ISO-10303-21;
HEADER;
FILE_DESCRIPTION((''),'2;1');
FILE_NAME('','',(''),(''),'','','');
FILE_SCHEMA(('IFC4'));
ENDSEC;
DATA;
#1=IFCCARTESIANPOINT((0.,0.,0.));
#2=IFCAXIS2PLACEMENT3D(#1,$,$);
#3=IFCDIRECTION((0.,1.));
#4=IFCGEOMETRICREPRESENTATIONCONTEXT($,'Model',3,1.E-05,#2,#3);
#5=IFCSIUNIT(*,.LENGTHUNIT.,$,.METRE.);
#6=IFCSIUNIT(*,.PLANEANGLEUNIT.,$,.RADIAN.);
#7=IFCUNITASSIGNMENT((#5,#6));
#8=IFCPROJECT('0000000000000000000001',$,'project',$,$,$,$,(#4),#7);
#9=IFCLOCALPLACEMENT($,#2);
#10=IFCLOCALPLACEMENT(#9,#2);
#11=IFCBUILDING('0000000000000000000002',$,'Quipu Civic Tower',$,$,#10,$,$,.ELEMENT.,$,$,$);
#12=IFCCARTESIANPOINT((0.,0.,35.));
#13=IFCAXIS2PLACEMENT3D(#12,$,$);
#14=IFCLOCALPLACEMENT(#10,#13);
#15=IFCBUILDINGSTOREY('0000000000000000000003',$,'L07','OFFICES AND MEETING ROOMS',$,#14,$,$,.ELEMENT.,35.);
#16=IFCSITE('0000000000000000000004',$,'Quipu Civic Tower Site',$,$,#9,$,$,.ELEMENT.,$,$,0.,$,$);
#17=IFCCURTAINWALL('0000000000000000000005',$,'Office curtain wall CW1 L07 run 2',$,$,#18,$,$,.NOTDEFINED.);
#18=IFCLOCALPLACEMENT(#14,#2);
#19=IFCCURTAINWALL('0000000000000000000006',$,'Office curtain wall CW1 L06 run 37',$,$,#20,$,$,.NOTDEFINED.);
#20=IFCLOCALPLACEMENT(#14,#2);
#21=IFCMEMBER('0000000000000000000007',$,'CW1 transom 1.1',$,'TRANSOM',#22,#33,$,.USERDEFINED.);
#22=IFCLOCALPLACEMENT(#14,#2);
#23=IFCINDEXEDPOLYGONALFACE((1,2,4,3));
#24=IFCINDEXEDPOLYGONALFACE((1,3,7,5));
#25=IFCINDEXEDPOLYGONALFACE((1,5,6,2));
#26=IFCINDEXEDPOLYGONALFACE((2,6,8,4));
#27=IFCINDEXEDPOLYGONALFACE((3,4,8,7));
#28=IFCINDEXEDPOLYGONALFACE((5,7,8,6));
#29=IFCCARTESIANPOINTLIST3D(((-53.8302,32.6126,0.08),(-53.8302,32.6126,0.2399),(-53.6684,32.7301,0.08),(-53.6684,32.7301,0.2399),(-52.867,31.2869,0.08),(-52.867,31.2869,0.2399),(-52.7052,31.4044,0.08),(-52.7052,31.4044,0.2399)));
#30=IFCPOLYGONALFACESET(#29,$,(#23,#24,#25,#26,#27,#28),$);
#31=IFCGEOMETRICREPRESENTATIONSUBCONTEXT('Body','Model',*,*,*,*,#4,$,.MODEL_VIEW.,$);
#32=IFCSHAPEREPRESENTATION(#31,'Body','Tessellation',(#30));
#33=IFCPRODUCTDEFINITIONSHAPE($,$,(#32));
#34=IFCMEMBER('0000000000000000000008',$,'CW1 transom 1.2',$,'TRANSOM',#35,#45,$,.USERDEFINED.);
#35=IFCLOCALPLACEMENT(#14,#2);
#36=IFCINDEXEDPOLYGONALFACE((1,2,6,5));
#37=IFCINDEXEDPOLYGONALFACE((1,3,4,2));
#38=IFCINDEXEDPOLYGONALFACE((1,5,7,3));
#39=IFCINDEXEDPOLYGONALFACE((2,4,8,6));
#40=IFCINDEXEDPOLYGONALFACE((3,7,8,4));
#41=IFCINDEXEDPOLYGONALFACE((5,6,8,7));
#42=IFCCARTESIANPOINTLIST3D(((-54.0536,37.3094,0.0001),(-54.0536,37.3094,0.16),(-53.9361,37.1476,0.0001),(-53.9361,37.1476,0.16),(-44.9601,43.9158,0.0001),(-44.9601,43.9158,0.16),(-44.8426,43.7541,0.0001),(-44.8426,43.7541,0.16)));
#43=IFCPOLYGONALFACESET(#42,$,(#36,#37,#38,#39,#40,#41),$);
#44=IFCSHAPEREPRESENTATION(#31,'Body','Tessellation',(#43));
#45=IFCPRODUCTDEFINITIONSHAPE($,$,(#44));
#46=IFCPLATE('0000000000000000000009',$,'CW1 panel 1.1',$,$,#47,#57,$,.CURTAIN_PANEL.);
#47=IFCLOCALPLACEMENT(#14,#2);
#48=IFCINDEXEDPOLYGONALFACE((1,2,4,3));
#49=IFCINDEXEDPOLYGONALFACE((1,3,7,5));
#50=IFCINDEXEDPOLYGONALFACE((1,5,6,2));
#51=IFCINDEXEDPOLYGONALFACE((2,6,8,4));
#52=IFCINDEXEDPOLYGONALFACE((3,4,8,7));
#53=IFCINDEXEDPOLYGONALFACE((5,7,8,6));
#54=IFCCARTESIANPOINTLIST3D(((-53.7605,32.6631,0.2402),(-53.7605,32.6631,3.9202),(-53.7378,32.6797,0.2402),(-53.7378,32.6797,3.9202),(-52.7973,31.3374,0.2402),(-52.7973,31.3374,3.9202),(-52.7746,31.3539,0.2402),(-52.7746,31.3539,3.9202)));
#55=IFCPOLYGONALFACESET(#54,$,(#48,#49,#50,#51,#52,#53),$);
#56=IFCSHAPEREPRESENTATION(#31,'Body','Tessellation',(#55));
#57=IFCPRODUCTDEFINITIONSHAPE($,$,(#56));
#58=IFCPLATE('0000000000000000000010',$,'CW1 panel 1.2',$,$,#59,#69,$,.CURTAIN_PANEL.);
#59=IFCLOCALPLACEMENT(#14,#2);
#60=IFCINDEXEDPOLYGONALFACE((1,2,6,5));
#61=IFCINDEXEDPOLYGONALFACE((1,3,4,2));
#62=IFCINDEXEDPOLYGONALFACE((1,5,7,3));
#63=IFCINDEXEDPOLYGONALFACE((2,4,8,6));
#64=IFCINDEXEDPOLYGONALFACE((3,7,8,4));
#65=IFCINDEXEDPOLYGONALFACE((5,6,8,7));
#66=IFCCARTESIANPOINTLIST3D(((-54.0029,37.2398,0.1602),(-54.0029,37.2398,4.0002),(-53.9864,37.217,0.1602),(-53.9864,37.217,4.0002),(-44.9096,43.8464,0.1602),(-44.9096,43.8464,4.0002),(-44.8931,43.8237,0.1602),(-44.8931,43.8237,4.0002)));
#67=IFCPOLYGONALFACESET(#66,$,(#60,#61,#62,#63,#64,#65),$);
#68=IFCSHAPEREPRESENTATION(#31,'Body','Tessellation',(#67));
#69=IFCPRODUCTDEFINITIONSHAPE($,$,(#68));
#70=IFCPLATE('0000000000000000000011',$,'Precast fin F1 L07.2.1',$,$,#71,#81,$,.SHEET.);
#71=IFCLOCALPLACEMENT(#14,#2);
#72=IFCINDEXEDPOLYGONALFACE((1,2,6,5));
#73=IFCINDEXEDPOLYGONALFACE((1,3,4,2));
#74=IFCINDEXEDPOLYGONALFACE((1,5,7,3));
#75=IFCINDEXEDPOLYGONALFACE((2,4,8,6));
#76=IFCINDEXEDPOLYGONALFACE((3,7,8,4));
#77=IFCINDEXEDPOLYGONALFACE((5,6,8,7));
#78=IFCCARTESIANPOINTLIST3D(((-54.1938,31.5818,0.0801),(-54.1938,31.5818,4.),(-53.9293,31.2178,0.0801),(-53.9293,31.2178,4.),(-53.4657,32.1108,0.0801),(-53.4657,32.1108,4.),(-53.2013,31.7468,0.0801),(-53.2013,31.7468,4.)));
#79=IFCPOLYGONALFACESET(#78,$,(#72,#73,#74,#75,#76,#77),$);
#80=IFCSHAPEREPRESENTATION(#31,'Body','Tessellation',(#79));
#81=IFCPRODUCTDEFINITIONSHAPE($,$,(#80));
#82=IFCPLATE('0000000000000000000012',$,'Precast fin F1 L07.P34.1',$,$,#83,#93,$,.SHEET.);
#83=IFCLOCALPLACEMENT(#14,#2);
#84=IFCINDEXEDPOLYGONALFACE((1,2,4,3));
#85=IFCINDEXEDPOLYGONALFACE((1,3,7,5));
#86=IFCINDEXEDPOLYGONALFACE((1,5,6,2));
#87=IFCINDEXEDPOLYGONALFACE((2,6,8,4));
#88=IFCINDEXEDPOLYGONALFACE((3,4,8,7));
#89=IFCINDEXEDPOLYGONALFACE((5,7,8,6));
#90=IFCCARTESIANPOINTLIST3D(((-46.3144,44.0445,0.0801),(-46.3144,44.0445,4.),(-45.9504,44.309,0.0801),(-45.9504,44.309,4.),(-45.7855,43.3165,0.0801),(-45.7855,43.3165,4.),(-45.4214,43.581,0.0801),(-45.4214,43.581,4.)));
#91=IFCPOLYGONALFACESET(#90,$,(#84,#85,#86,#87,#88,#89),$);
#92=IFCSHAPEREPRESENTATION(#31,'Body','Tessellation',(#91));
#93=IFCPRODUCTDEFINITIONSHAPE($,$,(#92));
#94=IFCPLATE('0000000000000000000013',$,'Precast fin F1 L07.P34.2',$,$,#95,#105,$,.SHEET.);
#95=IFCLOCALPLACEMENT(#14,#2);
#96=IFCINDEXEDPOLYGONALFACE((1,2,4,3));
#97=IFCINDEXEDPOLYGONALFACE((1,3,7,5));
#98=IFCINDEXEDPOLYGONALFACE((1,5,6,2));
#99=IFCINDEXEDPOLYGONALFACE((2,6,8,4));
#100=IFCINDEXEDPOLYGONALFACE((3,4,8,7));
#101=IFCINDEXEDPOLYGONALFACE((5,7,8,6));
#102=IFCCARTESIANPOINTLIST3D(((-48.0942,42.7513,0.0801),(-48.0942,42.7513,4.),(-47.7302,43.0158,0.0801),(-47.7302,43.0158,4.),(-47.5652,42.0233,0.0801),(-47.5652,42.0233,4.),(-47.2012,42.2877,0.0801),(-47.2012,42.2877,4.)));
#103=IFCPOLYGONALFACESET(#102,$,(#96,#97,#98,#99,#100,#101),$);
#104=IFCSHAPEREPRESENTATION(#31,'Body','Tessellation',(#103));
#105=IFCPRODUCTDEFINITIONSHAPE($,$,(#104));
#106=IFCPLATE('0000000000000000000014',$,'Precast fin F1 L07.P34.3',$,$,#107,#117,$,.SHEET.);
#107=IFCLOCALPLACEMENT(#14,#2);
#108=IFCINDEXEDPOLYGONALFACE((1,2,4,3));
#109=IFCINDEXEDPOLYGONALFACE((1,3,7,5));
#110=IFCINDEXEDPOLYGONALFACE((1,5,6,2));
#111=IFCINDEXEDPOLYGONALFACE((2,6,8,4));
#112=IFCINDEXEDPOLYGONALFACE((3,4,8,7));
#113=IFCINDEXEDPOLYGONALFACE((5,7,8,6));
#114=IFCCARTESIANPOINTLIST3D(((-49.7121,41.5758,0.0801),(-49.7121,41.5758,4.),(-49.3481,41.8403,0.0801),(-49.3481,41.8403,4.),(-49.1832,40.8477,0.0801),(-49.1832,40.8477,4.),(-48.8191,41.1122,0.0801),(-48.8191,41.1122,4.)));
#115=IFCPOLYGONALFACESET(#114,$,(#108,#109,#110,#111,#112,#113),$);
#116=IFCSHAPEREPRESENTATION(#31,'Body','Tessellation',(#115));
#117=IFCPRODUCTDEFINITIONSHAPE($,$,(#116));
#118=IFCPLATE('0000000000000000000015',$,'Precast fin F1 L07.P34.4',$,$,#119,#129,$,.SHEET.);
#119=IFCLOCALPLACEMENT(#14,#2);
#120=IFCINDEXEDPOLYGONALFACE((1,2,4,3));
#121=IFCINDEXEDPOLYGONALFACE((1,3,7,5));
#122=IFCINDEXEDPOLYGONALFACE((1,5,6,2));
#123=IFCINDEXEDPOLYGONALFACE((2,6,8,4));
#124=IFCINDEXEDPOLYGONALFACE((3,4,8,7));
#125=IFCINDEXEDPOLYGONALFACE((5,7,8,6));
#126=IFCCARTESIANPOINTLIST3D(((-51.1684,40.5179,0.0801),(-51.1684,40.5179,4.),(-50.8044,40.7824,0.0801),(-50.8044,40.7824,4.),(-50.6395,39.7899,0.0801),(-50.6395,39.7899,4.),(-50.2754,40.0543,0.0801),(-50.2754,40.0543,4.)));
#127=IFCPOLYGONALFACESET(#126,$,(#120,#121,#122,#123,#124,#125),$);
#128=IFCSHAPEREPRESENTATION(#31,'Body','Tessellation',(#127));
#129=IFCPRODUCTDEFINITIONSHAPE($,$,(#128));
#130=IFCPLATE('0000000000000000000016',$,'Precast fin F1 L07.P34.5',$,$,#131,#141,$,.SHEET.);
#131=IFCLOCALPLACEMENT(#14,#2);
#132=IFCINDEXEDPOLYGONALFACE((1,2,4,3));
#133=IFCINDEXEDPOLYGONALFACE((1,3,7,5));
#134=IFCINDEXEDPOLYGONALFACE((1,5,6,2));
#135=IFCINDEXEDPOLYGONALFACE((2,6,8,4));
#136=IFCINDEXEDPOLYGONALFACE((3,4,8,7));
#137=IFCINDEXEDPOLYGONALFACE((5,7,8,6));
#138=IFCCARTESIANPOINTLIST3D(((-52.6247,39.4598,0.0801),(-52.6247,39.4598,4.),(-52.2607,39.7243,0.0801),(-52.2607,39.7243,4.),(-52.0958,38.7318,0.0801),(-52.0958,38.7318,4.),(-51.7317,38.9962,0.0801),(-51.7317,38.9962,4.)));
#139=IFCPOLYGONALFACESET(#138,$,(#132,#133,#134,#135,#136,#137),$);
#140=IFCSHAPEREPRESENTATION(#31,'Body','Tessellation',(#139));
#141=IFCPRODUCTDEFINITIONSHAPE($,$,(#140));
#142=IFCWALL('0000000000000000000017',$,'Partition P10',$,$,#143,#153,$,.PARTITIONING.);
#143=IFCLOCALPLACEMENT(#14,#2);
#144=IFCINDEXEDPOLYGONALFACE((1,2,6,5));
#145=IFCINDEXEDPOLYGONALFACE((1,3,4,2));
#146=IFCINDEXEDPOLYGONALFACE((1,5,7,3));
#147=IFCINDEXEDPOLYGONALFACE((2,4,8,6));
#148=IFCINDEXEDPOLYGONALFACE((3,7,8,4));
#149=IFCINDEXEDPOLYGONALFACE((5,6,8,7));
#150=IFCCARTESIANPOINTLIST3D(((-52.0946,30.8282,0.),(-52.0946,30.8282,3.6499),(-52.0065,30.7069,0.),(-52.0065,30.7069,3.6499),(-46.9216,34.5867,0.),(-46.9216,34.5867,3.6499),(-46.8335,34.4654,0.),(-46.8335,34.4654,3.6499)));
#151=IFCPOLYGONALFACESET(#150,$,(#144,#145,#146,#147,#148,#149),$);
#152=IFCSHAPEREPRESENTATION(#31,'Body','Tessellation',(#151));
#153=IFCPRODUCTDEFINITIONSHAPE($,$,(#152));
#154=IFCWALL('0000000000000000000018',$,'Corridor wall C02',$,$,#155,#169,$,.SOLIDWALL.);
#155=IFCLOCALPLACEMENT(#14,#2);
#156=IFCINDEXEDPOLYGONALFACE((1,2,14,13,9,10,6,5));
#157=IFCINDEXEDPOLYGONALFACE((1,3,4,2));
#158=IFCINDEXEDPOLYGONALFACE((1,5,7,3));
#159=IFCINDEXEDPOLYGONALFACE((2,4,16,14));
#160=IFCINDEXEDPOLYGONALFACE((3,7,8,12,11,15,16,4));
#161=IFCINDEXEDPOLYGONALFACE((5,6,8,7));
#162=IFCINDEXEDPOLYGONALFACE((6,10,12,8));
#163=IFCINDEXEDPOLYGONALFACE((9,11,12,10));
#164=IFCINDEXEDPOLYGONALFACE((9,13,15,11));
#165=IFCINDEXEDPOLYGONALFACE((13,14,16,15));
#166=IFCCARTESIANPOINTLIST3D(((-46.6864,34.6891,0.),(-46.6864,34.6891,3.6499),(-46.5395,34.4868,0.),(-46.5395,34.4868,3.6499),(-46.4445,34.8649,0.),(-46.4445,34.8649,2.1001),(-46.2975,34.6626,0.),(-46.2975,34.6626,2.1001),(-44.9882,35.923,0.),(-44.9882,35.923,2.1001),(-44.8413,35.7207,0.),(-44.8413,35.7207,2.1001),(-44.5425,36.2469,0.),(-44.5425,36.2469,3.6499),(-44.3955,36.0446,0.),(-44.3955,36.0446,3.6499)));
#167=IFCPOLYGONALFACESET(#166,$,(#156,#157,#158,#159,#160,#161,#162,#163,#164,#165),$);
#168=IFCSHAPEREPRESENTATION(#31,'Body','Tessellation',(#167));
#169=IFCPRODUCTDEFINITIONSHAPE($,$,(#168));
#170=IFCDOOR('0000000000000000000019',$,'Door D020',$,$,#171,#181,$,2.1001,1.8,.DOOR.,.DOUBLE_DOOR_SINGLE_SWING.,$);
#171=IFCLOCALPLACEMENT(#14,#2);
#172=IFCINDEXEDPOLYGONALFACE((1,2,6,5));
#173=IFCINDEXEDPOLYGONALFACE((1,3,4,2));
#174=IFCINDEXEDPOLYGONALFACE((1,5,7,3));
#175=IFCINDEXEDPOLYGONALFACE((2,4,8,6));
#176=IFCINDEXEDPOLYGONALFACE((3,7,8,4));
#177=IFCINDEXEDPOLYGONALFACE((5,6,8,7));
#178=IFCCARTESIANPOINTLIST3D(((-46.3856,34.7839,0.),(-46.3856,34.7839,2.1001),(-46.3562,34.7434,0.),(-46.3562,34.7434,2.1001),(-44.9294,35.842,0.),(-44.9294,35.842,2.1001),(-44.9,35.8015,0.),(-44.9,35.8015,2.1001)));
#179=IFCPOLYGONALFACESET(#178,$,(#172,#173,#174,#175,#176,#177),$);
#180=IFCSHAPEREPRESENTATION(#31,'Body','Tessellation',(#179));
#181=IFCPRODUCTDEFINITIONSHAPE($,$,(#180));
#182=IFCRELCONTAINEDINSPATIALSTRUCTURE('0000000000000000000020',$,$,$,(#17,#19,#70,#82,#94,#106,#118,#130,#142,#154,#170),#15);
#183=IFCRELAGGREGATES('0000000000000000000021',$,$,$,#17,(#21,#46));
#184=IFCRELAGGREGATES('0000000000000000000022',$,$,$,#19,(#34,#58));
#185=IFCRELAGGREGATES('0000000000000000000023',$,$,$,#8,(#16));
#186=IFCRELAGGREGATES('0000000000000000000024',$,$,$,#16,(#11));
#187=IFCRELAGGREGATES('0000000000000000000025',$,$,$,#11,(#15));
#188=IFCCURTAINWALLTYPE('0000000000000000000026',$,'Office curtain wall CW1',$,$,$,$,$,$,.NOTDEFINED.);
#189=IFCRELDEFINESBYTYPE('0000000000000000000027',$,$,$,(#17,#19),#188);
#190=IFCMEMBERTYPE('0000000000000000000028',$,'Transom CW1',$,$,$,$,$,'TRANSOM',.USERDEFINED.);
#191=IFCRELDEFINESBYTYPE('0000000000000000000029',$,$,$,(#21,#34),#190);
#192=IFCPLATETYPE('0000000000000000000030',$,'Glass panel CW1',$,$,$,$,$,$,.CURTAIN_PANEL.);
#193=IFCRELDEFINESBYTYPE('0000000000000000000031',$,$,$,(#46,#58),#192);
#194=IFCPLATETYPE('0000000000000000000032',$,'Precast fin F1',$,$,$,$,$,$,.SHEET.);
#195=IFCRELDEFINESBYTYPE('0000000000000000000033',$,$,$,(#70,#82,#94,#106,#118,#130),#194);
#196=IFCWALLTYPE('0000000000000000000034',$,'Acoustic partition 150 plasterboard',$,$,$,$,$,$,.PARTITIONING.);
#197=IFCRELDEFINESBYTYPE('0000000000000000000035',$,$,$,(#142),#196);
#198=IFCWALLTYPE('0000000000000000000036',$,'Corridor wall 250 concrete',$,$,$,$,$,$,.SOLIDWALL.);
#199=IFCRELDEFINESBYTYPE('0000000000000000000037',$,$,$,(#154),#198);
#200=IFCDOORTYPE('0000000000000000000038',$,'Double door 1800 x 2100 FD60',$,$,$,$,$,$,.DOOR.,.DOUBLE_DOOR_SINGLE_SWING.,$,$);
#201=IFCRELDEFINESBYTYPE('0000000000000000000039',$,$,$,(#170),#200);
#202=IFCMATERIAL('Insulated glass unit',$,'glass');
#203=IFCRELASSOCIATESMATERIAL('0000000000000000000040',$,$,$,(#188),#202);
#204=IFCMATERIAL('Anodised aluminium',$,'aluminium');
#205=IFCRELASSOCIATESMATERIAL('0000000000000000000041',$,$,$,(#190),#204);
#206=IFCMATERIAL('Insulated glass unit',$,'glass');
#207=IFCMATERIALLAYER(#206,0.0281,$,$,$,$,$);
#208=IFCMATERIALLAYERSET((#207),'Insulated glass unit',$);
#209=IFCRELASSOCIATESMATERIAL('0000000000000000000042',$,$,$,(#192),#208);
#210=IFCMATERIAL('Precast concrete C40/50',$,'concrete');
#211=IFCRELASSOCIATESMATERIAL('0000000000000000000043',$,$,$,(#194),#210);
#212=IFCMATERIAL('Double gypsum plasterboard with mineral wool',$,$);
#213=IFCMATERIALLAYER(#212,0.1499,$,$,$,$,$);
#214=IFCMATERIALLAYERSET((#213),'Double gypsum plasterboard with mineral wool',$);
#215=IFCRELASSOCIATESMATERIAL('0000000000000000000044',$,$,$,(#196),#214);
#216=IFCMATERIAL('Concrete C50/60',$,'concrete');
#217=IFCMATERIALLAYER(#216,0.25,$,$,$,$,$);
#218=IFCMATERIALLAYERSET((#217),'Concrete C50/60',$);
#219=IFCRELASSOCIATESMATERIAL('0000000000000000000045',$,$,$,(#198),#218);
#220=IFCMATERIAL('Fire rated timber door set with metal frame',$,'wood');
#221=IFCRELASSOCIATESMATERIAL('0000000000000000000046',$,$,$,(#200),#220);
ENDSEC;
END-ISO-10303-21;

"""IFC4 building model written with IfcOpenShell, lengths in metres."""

from ifc_helpers import new_model, si_unit, direction, frame, frame_2d, origin, origin_2d, place, context, subcontext, project, spatial, rectangle, extrude, material, layer, layer_set, material_profile, profile_set, type_object, element, fill, aggregate, save


model = new_model("IFC4")

# Units and contexts
model_context = context("Model", 3, precision=1e-05, world=origin(), true_north=direction((0.0, 1.0)))
body_context = subcontext(model_context, "Body", "Model", "MODEL_VIEW")
ifc_project = project(units=[si_unit("LENGTHUNIT", "METRE"), si_unit("PLANEANGLEUNIT", "RADIAN")], contexts=[model_context])

# Site, building, storey
site_placement = place(None, origin())
site = spatial("IfcSite", under=ifc_project, at=site_placement, Name="Quipu Civic Tower Site", CompositionType="ELEMENT", RefElevation=0.0)
building_placement = place(site_placement, origin())
building = spatial("IfcBuilding", under=site, at=building_placement, Name="Quipu Civic Tower", CompositionType="ELEMENT")
storey_placement = place(building_placement, frame((0.0, 0.0, 35.0)))
storey = spatial("IfcBuildingStorey", under=building, at=storey_placement, Name="L07", Description="OFFICES AND MEETING ROOMS", CompositionType="ELEMENT", Elevation=35.0)

# Curtain wall
ifc_material_1 = material(Name="Insulated glass unit", Category="glass")
curtain_wall_type = type_object("IfcCurtainWallType", Name="Office curtain wall CW1", PredefinedType="NOTDEFINED", material=ifc_material_1)
curtain_wall_1_placement = place(storey_placement, origin())
curtain_wall_1 = element("IfcCurtainWall", 1, at=curtain_wall_1_placement, inside=storey, type_object=curtain_wall_type, Name="Office curtain wall CW1 L07 run 2", PredefinedType="NOTDEFINED")

# Curtain wall
curtain_wall_2_placement = place(storey_placement, origin())
curtain_wall_2 = element("IfcCurtainWall", 2, at=curtain_wall_2_placement, inside=storey, type_object=curtain_wall_type, Name="Office curtain wall CW1 L06 run 37", PredefinedType="NOTDEFINED")

# Members
ifc_material_2 = material(Name="Anodised aluminium", Category="aluminium")
ifc_material_profile_1 = material_profile(ifc_material_2, rectangle(XDim=0.2, YDim=0.1599, at=origin_2d()), Name="RECT 200x160")
ifc_profile_set_1 = profile_set([ifc_material_profile_1], Name="Anodised aluminium")
member_type_1 = type_object("IfcMemberType", Name="Transom CW1", ElementType="TRANSOM", PredefinedType="USERDEFINED", material=ifc_profile_set_1)
member_1_placement = place(storey_placement, frame((-53.7493, 32.6714, 0.1599), z_axis=(0.587773, -0.809026, 0.0), x_axis=(0.809026, 0.587773, 0.0)))
member_1 = element("IfcMember", 3, at=member_1_placement, type_object=member_type_1, Name="CW1 transom 1.1", ObjectType="TRANSOM", PredefinedType="USERDEFINED", context=body_context, shape_type="SweptSolid", body=[
    extrude(rectangle(XDim=0.2, YDim=0.1599, at=origin_2d()), origin(), (0.0, 0.0, 1.0), 1.6387),
])
member_2_placement = place(storey_placement, frame((-44.9014, 43.835, 0.0801), z_axis=(-0.809033, -0.587764, 0.0), x_axis=(0.587764, -0.809033, 0.0)))
member_2 = element("IfcMember", 4, at=member_2_placement, type_object=member_type_1, Name="CW1 transom 1.2", ObjectType="TRANSOM", PredefinedType="USERDEFINED", context=body_context, shape_type="SweptSolid", body=[
    extrude(rectangle(XDim=0.2, YDim=0.1599, at=origin_2d()), origin(), (0.0, 0.0, 1.0), 11.24),
])

# Plates
ifc_material_3 = material(Name="Insulated glass unit", Category="glass")
ifc_layer_1 = layer(ifc_material_3, 0.0281)
ifc_layer_set_1 = layer_set([ifc_layer_1], Name="Insulated glass unit")
plate_type_1 = type_object("IfcPlateType", Name="Glass panel CW1", PredefinedType="CURTAIN_PANEL", material=ifc_layer_set_1)
plate_1_placement = place(storey_placement, frame((-53.2676, 32.0085, 0.2402), z_axis=(0.0, 0.0, 1.0), x_axis=(0.587788, -0.809015, 0.0)))
plate_1 = element("IfcPlate", 5, at=plate_1_placement, type_object=plate_type_1, Name="CW1 panel 1.1", PredefinedType="CURTAIN_PANEL", context=body_context, shape_type="SweptSolid", body=[
    extrude(rectangle(XDim=1.6387, YDim=0.0281, at=origin_2d()), origin(), (0.0, 0.0, 1.0), 3.6799),
])
aggregate(curtain_wall_1, [member_1, plate_1])
plate_2_placement = place(storey_placement, frame((-49.448, 40.5317, 0.1602), z_axis=(0.0, 0.0, 1.0), x_axis=(-0.809019, -0.587782, 0.0)))
plate_2 = element("IfcPlate", 6, at=plate_2_placement, type_object=plate_type_1, Name="CW1 panel 1.2", PredefinedType="CURTAIN_PANEL", context=body_context, shape_type="SweptSolid", body=[
    extrude(rectangle(XDim=11.24, YDim=0.0281, at=origin_2d()), origin(), (0.0, 0.0, 1.0), 3.8401),
])
aggregate(curtain_wall_2, [member_2, plate_2])

# Plates
ifc_material_4 = material(Name="Precast concrete C40/50", Category="concrete")
plate_type_2 = type_object("IfcPlateType", Name="Precast fin F1", PredefinedType="SHEET", material=ifc_material_4)
for number, where, z_axis, x_axis, name in (
    (7, (-53.6975, 31.6643, 0.0801), (0.0, 0.0, 1.0), (0.587786, -0.809016, 0.0), "Precast fin F1 L07.2.1"),
    (8, (-45.8679, 43.8127, 0.0801), (0.0, 0.0, 1.0), (-0.809021, -0.587779, 0.0), "Precast fin F1 L07.P34.1"),
    (9, (-47.6477, 42.5195, 0.0801), (0.0, 0.0, 1.0), (-0.809021, -0.587779, 0.0), "Precast fin F1 L07.P34.2"),
    (10, (-49.2656, 41.344, 0.0801), (0.0, 0.0, 1.0), (-0.809021, -0.587779, 0.0), "Precast fin F1 L07.P34.3"),
    (11, (-50.7219, 40.2861, 0.0801), (0.0, 0.0, 1.0), (-0.809021, -0.587779, 0.0), "Precast fin F1 L07.P34.4"),
    (12, (-52.1782, 39.228, 0.0801), (0.0, 0.0, 1.0), (-0.809021, -0.587779, 0.0), "Precast fin F1 L07.P34.5"),
):
    element("IfcPlate", number, at=place(storey_placement, frame(where, z_axis=z_axis, x_axis=x_axis)), inside=storey, type_object=plate_type_2, Name=name, PredefinedType="SHEET", context=body_context, shape_type="SweptSolid", body=[
        extrude(rectangle(XDim=0.45, YDim=0.8999, at=origin_2d()), origin(), (0.0, 0.0, 1.0), 3.9199),
    ])

# Wall
ifc_material_5 = material(Name="Double gypsum plasterboard with mineral wool")
ifc_layer_2 = layer(ifc_material_5, 0.1499)
ifc_layer_set_2 = layer_set([ifc_layer_2], Name="Double gypsum plasterboard with mineral wool")
wall_type_1 = type_object("IfcWallType", Name="Acoustic partition 150 plasterboard", PredefinedType="PARTITIONING", material=ifc_layer_set_2)
wall_1_placement = place(storey_placement, frame((-46.8774, 34.5261, 0.0), z_axis=(0.0, 0.0, 1.0), x_axis=(-0.809012, -0.587793, 0.0)))
element("IfcWall", 13, at=wall_1_placement, inside=storey, type_object=wall_type_1, Name="Partition P10", PredefinedType="PARTITIONING", context=body_context, shape_type="SweptSolid", body=[
    extrude(rectangle(XDim=6.3943, YDim=0.1499, at=frame_2d((3.1973, 0.0))), origin(), (0.0, 0.0, 1.0), 3.6499),
])

# Wall, opening, door
ifc_material_6 = material(Name="Concrete C50/60", Category="concrete")
ifc_layer_3 = layer(ifc_material_6, 0.25)
ifc_layer_set_3 = layer_set([ifc_layer_3], Name="Concrete C50/60")
wall_type_2 = type_object("IfcWallType", Name="Corridor wall 250 concrete", PredefinedType="SOLIDWALL", material=ifc_layer_set_3)
wall_2_placement = place(storey_placement, frame((-46.613, 34.5879, 0.0), z_axis=(0.0, 0.0, 1.0), x_axis=(0.808995, 0.587816, 0.0)))
wall_2 = element("IfcWall", 14, at=wall_2_placement, inside=storey, type_object=wall_type_2, Name="Corridor wall C02", PredefinedType="SOLIDWALL", context=body_context, shape_type="SweptSolid", body=[
    extrude(rectangle(XDim=2.6501, YDim=0.25, at=frame_2d((1.3252, 0.0))), origin(), (0.0, 0.0, 1.0), 3.6499),
])
opening_1_placement = place(wall_2_placement, frame((0.2993, 0.0, 0.0)))
opening_1 = element("IfcOpeningElement", 15, at=opening_1_placement, cuts=wall_2, PredefinedType="OPENING", context=body_context, shape_type="SweptSolid", body=[
    extrude(rectangle(XDim=1.8, YDim=2.1001, at=frame_2d((0.8999, 1.05))), frame((0.0, 0.135, 0.0), z_axis=(0.0, -1.0, 0.0), x_axis=(1.0, 0.0, 0.0)), (0.0, 0.0, 1.0), 0.27),
])
ifc_material_7 = material(Name="Fire rated timber door set with metal frame", Category="wood")
door_type_1 = type_object("IfcDoorType", Name="Double door 1800 x 2100 FD60", OperationType="DOUBLE_DOOR_SINGLE_SWING", PredefinedType="DOOR", material=ifc_material_7)
door_1_placement = place(opening_1_placement, origin())
door_1 = element("IfcDoor", 16, at=door_1_placement, inside=storey, type_object=door_type_1, Name="Door D020", OperationType="DOUBLE_DOOR_SINGLE_SWING", OverallHeight=2.1001, OverallWidth=1.8, PredefinedType="DOOR", context=body_context, shape_type="SweptSolid", body=[
    extrude(rectangle(XDim=1.8, YDim=2.1001, at=frame_2d((0.8999, 1.05))), frame((0.0, 0.0249, 0.0), z_axis=(0.0, -1.0, 0.0), x_axis=(1.0, 0.0, 0.0)), (0.0, 0.0, 1.0), 0.05),
])
fill(opening_1, door_1)

save(model, "model.ifc")
